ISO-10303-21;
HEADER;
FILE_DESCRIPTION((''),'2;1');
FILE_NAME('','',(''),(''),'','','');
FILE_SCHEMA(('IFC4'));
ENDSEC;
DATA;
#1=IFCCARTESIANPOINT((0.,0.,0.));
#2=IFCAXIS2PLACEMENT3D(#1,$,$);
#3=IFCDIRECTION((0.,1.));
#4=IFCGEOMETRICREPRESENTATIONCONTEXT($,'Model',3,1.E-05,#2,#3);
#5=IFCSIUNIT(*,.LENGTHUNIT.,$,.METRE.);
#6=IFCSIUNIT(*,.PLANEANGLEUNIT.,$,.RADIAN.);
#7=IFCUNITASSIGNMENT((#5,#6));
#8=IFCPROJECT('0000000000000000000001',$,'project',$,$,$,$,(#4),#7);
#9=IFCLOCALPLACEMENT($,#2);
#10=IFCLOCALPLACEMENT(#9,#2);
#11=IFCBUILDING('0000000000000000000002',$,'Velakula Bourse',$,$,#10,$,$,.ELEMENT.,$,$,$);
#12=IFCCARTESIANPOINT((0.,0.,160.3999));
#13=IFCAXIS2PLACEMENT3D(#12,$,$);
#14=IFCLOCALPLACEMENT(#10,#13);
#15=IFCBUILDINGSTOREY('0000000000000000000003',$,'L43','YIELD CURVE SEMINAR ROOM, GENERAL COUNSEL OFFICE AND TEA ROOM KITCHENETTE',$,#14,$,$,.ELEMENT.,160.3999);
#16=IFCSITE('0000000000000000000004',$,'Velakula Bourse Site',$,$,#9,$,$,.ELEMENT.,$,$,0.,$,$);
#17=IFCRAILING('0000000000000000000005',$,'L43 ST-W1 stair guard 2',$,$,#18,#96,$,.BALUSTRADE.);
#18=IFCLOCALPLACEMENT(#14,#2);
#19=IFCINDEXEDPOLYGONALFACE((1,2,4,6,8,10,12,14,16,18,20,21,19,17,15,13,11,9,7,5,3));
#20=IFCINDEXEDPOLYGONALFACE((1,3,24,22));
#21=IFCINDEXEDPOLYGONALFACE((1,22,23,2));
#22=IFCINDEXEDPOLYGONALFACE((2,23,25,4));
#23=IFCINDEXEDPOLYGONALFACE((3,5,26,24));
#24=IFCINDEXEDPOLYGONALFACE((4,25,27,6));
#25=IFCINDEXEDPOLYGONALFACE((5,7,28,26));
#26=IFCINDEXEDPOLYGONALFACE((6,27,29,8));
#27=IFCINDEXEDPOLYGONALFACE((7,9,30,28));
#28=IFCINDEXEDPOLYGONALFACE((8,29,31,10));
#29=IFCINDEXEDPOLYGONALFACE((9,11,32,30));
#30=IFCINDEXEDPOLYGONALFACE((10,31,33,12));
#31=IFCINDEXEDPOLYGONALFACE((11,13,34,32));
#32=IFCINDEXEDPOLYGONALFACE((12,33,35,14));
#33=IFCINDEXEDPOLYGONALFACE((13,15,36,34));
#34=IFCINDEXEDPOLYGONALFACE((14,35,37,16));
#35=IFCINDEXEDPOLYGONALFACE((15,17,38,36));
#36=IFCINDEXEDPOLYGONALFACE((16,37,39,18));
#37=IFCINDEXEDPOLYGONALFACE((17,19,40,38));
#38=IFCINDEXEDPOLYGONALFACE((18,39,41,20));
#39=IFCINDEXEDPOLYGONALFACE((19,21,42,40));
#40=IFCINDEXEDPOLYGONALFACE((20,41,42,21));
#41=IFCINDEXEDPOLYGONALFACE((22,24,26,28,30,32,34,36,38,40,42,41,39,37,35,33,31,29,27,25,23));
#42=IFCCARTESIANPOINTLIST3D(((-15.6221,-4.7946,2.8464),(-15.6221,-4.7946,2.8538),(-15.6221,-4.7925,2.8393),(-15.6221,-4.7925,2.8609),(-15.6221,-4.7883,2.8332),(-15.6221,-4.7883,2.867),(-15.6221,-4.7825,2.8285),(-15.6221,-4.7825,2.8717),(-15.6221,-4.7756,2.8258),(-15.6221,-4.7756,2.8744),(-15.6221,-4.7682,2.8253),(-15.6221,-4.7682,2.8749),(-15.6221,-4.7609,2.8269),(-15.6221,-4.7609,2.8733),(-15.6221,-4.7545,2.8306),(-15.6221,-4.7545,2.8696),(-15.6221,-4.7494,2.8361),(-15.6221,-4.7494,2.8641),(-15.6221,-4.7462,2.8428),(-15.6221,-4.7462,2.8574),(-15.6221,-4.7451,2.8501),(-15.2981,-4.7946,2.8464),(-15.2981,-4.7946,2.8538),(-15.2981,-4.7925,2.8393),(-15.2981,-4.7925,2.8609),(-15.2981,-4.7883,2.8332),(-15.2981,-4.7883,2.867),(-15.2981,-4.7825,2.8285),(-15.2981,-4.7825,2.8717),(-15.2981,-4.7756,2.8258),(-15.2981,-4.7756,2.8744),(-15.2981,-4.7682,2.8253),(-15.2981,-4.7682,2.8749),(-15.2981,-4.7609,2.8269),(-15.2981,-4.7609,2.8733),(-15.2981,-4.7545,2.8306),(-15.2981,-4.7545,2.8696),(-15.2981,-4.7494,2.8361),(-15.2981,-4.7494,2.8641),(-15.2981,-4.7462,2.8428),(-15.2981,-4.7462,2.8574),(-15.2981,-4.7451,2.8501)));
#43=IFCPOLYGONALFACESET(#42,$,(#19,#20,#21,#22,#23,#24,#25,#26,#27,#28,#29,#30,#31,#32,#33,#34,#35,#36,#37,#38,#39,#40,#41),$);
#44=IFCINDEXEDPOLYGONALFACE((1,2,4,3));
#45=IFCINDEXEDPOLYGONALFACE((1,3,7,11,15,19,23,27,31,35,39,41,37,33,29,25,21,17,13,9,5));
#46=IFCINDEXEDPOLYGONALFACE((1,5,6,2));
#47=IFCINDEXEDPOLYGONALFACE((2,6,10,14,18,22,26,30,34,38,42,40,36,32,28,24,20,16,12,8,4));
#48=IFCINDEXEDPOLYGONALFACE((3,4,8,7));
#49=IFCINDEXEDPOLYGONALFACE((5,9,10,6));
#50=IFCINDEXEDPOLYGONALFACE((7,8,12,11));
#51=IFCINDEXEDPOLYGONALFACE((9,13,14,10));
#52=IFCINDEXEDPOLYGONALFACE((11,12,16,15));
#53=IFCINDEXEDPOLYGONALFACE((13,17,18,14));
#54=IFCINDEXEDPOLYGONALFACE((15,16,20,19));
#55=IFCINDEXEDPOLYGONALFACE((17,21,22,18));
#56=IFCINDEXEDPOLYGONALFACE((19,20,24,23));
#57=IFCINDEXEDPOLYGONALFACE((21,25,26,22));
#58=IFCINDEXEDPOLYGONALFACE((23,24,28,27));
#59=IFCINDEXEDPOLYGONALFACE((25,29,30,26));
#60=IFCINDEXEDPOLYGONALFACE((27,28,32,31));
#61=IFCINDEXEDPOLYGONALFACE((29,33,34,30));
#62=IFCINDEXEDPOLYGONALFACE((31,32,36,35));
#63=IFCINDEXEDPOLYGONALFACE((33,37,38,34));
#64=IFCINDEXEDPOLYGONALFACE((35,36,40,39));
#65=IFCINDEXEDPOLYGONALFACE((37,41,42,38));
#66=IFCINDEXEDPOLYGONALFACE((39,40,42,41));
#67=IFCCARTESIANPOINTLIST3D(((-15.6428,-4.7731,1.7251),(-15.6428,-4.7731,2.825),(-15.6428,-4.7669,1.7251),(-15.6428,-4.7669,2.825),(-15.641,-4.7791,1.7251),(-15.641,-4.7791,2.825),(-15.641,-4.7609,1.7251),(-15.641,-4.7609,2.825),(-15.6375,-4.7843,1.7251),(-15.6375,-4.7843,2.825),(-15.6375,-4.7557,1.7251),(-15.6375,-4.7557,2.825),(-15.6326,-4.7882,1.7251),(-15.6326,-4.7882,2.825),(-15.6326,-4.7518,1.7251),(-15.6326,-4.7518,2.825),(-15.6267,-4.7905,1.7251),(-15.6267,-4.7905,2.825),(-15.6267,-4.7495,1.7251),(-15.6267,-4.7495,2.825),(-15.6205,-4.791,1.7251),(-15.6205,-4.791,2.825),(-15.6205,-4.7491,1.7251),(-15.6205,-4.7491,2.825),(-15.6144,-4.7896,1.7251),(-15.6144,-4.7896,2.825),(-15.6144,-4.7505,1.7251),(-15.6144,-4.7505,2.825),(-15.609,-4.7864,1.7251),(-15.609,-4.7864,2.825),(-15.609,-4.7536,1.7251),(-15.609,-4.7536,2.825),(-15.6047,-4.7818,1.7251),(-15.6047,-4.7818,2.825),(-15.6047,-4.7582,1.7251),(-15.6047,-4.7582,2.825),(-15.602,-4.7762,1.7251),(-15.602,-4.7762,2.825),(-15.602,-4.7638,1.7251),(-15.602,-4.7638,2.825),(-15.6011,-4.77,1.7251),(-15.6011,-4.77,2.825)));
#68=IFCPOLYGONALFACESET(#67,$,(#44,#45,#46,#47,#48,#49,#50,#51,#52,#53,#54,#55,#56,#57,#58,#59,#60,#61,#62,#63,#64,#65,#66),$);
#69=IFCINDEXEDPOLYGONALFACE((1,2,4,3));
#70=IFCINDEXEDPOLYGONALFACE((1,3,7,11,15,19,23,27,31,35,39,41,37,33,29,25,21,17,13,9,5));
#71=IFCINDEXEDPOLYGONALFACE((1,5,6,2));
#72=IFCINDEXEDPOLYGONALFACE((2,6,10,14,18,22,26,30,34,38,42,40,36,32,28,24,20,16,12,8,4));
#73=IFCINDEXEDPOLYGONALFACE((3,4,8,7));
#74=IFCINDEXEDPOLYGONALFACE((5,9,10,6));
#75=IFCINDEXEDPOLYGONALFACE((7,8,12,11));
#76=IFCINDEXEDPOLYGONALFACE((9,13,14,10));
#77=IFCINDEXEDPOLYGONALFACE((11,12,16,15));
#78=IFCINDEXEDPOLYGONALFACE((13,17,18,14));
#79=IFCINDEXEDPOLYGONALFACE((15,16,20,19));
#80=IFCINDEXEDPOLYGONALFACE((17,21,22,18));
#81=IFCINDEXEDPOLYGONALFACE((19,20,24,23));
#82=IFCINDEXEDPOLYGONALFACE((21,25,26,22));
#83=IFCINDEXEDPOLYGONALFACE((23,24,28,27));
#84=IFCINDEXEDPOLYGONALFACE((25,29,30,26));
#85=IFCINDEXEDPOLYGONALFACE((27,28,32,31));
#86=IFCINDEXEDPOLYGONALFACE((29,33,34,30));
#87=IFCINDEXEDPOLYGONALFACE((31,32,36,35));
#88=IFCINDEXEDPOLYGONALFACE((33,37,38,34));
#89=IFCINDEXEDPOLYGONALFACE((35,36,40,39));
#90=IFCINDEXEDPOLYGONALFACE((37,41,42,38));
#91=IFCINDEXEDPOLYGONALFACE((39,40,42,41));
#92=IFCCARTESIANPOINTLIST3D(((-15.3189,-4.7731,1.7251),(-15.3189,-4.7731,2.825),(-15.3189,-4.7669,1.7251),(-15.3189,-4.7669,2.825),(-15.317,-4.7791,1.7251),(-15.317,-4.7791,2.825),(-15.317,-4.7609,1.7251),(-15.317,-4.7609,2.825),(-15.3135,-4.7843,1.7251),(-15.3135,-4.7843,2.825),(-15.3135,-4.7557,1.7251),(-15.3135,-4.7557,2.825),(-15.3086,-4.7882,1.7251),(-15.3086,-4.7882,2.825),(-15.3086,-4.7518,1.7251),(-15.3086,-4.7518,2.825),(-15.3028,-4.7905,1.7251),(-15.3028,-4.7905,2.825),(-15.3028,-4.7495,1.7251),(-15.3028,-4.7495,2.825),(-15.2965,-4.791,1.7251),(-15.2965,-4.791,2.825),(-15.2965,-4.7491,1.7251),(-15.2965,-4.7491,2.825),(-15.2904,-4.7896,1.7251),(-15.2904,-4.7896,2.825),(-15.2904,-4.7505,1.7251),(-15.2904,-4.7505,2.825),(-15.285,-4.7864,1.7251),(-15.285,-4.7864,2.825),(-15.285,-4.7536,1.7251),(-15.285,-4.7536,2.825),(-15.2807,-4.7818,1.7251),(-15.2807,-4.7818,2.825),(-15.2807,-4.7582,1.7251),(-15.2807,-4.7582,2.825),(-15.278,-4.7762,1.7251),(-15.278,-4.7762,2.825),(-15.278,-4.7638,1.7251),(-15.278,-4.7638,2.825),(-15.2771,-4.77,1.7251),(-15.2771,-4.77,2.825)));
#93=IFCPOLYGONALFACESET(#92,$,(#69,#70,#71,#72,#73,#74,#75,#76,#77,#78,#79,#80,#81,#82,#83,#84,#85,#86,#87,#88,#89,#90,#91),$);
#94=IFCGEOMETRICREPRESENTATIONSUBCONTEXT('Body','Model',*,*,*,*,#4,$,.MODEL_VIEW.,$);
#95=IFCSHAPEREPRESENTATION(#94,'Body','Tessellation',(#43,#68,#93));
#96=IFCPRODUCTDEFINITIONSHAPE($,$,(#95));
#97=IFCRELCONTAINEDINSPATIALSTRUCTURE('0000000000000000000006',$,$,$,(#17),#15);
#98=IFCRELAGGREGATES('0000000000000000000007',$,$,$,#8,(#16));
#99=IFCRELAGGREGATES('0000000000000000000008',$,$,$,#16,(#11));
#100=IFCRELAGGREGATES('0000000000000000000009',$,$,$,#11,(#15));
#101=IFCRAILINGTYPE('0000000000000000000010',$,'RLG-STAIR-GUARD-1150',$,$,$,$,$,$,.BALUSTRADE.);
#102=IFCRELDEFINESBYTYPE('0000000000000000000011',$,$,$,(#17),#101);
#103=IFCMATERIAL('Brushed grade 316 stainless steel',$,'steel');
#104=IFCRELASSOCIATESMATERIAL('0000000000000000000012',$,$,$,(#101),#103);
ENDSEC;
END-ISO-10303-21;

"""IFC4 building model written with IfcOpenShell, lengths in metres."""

from ifc_helpers import new_model, si_unit, direction, frame, origin, origin_2d, place, context, subcontext, project, spatial, circle, extrude, material, type_object, element, save


model = new_model("IFC4")

# Units and contexts
model_context = context("Model", 3, precision=1e-05, world=origin(), true_north=direction((0.0, 1.0)))
body_context = subcontext(model_context, "Body", "Model", "MODEL_VIEW")
ifc_project = project(units=[si_unit("LENGTHUNIT", "METRE"), si_unit("PLANEANGLEUNIT", "RADIAN")], contexts=[model_context])

# Site, building, storey
site_placement = place(None, origin())
site = spatial("IfcSite", under=ifc_project, at=site_placement, Name="Velakula Bourse Site", CompositionType="ELEMENT", RefElevation=0.0)
building_placement = place(site_placement, origin())
building = spatial("IfcBuilding", under=site, at=building_placement, Name="Velakula Bourse", CompositionType="ELEMENT")
storey_placement = place(building_placement, frame((0.0, 0.0, 160.3999)))
storey = spatial("IfcBuildingStorey", under=building, at=storey_placement, Name="L43", Description="YIELD CURVE SEMINAR ROOM, GENERAL COUNSEL OFFICE AND TEA ROOM KITCHENETTE", CompositionType="ELEMENT", Elevation=160.3999)

# Shared definitions
ifc_material_1 = material(Name="Brushed grade 316 stainless steel", Category="steel")

# Railing
railing_type_1 = type_object("IfcRailingType", Name="RLG-STAIR-GUARD-1150", PredefinedType="BALUSTRADE", material=ifc_material_1)
railing_1_placement = place(storey_placement, frame((-15.6221, -4.77, 1.7251)))
element("IfcRailing", 1, at=railing_1_placement, inside=storey, type_object=railing_type_1, Name="L43 ST-W1 stair guard 2", PredefinedType="BALUSTRADE", context=body_context, shape_type="SweptSolid", body=[
    extrude(circle(Radius=0.0249, at=origin_2d()), frame((0.0, 0.0, 1.125), z_axis=(1.0, 0.0, 0.0), x_axis=(0.0, 1.0, 0.0)), (0.0, 0.0, 1.0), 0.324),
    extrude(circle(Radius=0.021, at=origin_2d()), origin(), (0.0, 0.0, 1.0), 1.0999),
    extrude(circle(Radius=0.021, at=origin_2d()), frame((0.324, 0.0, 0.0)), (0.0, 0.0, 1.0), 1.0999),
])

save(model, "model.ifc")
